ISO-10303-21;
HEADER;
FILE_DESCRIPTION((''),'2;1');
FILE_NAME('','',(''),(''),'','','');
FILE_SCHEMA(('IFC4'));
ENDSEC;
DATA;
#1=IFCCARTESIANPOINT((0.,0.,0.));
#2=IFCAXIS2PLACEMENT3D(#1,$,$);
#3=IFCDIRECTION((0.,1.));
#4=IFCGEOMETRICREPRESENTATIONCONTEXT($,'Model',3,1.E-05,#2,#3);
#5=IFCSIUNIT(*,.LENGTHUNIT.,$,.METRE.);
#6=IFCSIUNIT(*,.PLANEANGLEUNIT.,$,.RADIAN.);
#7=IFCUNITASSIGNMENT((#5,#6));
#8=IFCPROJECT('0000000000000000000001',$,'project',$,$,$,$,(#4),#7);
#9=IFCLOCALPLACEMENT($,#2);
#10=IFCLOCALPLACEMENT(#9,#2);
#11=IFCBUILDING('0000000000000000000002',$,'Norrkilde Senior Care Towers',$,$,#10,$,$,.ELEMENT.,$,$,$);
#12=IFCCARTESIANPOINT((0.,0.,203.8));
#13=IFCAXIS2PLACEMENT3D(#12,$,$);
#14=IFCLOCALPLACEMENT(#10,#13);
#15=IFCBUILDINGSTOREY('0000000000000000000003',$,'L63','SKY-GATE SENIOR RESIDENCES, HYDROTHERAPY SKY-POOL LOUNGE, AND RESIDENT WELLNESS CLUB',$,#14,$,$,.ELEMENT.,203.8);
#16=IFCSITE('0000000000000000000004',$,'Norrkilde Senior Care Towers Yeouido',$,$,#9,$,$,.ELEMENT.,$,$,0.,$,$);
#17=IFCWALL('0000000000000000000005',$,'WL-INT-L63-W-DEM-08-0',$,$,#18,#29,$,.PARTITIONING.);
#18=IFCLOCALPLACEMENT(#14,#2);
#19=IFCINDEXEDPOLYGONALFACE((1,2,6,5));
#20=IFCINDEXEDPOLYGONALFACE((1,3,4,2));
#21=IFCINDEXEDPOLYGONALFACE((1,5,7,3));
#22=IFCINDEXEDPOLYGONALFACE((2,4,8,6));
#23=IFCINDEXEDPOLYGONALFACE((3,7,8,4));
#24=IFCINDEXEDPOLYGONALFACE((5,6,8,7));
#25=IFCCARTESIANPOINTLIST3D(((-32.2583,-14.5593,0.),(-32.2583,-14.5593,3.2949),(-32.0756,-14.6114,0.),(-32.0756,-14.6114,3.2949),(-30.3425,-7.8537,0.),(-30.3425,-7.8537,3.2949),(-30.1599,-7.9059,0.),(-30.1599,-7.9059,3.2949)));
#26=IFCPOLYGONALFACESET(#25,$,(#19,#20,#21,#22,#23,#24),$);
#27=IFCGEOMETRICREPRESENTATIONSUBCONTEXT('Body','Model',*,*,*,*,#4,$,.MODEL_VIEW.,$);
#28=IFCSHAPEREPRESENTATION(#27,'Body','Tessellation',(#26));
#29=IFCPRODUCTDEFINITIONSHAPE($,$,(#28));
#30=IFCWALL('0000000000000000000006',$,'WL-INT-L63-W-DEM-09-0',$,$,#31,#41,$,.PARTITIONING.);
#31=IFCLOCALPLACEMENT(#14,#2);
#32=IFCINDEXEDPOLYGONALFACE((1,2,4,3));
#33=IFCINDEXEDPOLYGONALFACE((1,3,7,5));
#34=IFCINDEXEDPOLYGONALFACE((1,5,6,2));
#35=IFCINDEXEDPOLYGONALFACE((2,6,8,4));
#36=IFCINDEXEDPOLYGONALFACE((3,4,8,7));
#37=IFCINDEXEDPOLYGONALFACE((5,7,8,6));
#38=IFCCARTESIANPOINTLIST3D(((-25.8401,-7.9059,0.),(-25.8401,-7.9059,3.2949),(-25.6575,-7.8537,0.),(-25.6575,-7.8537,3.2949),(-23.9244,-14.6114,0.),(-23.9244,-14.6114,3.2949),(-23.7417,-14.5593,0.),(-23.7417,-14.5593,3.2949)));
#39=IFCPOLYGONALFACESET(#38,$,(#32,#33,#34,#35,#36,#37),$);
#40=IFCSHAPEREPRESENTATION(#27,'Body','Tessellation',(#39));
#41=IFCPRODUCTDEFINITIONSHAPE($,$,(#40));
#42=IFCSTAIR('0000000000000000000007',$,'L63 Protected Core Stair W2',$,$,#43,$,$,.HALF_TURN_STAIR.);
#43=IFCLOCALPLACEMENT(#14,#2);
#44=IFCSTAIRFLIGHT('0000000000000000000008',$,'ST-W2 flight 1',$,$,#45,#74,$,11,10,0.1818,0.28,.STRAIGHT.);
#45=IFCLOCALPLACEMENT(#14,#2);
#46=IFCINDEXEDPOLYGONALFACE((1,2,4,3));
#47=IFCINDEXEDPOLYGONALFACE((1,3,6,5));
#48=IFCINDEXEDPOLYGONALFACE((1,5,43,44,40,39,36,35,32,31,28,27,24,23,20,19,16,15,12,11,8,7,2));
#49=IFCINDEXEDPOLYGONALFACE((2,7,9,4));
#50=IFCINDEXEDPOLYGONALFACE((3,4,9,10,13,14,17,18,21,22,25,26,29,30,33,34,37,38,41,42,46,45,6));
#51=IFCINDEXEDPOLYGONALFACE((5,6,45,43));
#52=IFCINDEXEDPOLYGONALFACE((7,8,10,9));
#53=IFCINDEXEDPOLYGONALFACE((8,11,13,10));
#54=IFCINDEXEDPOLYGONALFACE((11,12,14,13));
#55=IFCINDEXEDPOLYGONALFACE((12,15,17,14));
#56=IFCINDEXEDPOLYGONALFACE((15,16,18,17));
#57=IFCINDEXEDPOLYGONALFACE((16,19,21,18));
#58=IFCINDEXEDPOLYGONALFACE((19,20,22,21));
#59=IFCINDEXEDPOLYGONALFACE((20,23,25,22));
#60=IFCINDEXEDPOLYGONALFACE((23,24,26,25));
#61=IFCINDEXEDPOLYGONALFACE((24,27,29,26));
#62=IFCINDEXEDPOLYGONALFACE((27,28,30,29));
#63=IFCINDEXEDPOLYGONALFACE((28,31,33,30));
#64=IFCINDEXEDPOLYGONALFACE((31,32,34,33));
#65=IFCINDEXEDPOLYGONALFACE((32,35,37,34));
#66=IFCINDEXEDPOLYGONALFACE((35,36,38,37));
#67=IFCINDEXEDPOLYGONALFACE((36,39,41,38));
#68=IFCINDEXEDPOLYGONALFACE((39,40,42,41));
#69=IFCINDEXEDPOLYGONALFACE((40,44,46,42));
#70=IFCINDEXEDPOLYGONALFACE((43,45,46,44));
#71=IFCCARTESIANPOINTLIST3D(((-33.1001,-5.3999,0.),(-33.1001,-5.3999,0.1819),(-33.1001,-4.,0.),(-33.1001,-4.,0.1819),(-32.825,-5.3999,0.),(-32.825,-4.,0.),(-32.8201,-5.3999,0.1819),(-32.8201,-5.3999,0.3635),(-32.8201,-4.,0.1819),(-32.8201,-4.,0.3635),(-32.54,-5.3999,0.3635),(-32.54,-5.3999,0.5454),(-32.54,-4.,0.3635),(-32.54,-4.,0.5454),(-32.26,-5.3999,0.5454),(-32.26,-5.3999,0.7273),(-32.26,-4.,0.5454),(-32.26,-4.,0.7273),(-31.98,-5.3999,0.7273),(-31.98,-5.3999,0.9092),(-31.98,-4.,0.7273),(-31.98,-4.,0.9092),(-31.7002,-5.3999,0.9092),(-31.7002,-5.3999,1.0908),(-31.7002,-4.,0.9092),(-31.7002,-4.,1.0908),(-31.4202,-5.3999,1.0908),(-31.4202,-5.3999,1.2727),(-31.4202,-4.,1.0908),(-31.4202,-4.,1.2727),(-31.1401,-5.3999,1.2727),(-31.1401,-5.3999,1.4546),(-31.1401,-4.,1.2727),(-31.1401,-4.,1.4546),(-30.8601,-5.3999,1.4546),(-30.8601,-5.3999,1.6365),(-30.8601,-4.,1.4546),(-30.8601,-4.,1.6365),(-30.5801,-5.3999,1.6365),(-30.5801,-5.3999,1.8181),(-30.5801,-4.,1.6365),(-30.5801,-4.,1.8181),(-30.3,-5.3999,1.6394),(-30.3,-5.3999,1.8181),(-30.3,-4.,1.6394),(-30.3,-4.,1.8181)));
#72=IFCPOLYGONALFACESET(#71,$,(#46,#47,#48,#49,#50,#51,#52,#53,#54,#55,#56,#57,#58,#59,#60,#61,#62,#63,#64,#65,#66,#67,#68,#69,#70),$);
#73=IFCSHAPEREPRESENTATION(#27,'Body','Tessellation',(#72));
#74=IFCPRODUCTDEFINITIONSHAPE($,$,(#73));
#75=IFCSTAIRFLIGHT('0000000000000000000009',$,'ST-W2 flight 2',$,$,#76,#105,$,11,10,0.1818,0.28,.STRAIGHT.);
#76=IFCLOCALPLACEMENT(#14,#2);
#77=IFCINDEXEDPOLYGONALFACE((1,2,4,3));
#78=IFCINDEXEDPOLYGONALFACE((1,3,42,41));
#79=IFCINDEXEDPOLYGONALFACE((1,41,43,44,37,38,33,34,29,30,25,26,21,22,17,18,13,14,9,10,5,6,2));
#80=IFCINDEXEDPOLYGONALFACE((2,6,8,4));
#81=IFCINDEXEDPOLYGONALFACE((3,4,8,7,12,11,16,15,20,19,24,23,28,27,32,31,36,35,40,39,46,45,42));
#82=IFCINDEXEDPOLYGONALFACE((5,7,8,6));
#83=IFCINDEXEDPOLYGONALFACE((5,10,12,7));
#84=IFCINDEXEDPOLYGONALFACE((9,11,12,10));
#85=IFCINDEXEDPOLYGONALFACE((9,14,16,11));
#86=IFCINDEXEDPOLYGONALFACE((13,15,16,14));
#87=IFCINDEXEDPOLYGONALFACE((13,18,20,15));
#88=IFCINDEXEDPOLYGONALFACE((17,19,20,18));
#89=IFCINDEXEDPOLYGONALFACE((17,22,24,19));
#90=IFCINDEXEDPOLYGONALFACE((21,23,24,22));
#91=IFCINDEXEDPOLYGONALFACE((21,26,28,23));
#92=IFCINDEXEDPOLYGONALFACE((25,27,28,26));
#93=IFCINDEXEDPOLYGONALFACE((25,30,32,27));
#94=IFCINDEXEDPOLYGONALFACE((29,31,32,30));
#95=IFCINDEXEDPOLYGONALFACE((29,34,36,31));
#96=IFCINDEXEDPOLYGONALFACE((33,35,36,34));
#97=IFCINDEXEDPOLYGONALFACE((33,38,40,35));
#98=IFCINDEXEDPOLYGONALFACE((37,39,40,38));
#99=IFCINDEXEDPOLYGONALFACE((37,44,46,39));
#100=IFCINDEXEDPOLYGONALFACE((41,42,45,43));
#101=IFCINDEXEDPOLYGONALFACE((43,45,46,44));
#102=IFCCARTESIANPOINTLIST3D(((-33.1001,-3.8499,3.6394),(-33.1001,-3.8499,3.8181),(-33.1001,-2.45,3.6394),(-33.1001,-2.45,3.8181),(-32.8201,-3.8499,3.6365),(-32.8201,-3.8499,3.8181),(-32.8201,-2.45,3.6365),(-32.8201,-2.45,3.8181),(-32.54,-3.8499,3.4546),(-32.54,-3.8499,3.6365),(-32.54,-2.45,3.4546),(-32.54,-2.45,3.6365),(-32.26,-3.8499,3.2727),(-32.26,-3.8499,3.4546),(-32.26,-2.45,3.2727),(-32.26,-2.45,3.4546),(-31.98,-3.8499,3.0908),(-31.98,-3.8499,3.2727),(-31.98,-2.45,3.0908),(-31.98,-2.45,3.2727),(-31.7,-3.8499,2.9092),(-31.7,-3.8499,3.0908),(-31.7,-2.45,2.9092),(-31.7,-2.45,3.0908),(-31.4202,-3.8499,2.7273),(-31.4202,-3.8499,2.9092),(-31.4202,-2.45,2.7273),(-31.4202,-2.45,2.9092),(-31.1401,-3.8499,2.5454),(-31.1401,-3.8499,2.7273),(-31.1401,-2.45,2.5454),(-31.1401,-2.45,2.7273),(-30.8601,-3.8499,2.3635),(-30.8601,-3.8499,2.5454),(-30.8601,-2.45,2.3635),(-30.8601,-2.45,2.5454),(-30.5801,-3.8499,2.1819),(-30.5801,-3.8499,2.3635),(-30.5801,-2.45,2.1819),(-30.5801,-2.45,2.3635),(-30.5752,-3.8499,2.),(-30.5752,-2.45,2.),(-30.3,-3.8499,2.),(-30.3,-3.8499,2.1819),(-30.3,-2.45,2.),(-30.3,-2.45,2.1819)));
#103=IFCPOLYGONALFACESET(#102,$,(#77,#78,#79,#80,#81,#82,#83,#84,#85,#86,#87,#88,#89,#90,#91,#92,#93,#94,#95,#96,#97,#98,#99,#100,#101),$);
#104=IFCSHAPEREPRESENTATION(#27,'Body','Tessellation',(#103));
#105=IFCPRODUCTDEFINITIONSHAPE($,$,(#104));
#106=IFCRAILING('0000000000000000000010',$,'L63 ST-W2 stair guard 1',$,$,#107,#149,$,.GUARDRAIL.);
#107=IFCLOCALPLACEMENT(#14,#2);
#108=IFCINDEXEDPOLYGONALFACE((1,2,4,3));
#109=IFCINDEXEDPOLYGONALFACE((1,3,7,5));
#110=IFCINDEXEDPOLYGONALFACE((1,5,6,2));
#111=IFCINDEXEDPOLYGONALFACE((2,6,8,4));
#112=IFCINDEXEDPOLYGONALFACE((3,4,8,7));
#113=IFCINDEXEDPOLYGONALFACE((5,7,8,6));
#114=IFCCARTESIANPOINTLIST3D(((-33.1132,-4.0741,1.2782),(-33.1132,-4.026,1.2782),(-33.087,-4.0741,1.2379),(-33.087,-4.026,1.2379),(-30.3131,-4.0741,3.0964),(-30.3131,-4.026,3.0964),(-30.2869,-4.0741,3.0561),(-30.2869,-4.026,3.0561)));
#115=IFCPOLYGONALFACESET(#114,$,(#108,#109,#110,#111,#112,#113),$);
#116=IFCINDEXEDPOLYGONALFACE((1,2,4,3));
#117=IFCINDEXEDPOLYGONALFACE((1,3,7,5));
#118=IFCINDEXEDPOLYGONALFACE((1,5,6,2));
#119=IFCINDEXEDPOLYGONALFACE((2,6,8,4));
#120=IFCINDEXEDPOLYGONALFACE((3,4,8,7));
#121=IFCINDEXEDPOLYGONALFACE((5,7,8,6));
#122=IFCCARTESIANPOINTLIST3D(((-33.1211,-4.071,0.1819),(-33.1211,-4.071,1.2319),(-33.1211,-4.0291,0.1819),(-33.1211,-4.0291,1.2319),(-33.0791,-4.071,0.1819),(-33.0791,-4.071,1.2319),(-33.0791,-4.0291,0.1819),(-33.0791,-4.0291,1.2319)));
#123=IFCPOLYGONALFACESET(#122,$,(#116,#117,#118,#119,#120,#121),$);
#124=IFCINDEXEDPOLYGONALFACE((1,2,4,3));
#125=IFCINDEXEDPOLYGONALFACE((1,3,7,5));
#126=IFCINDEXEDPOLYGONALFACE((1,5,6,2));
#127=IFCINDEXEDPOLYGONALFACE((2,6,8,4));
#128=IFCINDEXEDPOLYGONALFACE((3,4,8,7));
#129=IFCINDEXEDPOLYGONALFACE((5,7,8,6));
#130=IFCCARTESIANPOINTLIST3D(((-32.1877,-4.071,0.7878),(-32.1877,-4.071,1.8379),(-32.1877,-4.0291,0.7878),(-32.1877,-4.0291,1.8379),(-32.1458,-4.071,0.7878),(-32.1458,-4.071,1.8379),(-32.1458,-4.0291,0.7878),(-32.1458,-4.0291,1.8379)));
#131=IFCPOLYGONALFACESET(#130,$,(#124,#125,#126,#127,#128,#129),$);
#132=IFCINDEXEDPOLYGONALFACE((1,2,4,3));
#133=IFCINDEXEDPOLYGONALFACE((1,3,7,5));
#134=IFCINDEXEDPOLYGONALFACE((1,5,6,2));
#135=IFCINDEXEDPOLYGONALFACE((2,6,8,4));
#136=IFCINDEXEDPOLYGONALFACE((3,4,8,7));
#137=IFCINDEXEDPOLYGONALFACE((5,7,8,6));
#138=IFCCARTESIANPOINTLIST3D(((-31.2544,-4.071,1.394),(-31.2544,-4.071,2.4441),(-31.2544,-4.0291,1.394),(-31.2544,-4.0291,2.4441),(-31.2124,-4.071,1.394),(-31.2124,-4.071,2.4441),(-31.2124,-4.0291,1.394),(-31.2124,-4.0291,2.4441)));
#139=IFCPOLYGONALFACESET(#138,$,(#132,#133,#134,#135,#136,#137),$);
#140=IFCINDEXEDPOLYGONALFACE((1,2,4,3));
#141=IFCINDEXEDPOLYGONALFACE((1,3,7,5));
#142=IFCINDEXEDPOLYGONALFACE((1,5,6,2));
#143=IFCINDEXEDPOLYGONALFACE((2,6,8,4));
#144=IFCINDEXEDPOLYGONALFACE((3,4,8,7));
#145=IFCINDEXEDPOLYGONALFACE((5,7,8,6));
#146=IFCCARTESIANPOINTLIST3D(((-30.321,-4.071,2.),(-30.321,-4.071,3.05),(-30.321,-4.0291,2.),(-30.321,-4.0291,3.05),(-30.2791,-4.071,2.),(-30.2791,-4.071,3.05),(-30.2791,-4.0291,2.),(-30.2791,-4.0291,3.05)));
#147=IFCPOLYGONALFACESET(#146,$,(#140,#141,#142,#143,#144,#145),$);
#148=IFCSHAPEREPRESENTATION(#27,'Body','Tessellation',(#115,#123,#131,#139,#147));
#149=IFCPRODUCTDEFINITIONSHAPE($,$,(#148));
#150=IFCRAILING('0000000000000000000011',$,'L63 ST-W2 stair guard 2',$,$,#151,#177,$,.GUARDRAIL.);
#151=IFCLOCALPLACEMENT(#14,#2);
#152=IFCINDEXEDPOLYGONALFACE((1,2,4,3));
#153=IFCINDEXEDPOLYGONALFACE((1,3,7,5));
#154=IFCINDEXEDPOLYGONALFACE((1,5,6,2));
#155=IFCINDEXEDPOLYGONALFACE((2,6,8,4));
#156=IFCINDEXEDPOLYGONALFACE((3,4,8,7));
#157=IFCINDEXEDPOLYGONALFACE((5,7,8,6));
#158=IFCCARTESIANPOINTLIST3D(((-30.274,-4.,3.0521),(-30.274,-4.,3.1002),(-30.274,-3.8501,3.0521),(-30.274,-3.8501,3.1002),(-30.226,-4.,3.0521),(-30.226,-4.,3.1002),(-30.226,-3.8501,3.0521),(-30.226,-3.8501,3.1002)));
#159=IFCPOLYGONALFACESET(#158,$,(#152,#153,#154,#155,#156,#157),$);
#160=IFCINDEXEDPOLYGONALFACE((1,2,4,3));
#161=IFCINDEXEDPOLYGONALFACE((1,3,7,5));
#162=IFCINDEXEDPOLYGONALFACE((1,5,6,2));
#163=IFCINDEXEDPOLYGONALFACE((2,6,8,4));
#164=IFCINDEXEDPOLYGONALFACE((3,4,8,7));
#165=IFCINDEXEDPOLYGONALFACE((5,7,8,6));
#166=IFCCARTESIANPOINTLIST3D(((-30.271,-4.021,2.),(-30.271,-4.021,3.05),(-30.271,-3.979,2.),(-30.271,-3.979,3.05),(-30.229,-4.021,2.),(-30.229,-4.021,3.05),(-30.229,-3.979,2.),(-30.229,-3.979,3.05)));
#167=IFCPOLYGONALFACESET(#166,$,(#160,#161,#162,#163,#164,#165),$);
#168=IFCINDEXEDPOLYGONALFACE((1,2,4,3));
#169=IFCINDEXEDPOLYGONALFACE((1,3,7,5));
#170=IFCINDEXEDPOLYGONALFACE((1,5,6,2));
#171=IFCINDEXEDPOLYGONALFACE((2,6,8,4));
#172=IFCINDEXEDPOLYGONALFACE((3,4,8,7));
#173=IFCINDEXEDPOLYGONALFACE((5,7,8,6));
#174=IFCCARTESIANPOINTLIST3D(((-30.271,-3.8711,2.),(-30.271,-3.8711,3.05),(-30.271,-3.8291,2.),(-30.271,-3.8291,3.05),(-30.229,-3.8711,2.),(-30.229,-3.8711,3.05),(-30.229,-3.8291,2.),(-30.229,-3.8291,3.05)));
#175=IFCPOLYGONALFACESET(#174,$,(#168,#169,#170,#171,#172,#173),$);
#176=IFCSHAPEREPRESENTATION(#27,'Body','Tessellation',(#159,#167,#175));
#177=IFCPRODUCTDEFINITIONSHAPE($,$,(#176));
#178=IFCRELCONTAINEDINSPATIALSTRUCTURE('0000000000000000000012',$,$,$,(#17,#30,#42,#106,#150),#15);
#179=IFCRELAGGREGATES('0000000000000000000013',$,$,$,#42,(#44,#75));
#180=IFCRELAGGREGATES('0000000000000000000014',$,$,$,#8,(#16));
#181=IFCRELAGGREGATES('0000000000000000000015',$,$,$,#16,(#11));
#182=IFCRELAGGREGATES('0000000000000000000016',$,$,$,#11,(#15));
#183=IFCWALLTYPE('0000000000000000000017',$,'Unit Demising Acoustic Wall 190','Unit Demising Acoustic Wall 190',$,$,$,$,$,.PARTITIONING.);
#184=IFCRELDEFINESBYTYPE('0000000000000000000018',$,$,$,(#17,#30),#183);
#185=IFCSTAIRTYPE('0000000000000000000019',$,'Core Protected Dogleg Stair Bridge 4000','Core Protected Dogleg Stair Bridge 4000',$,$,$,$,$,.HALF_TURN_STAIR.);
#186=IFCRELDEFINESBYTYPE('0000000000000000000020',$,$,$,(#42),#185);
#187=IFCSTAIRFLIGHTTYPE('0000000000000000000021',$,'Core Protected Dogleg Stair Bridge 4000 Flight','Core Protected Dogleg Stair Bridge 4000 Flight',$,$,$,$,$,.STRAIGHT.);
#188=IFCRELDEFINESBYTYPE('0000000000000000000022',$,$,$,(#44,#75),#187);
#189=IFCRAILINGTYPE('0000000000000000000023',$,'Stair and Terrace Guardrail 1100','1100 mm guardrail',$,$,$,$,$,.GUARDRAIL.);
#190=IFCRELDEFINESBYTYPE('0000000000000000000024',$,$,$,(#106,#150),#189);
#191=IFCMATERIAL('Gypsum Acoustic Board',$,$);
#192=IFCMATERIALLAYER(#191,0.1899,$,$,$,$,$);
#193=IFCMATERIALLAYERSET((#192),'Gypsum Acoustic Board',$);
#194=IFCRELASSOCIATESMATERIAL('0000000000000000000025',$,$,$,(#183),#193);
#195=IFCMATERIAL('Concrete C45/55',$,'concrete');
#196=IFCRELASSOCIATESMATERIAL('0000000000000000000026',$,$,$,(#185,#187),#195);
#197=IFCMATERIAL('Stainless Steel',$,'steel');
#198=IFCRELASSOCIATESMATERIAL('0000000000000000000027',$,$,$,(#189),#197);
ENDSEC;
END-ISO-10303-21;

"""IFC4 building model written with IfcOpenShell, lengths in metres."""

from ifc_helpers import new_model, si_unit, direction, frame, frame_2d, origin, origin_2d, place, context, subcontext, project, spatial, polyline, rectangle, outline, extrude, source, transform, mapped, material, layer, layer_set, type_object, element, aggregate, save


model = new_model("IFC4")

# Units and contexts
model_context = context("Model", 3, precision=1e-05, world=origin(), true_north=direction((0.0, 1.0)))
body_context = subcontext(model_context, "Body", "Model", "MODEL_VIEW")
ifc_project = project(units=[si_unit("LENGTHUNIT", "METRE"), si_unit("PLANEANGLEUNIT", "RADIAN")], contexts=[model_context])

# Site, building, storey
site_placement = place(None, origin())
site = spatial("IfcSite", under=ifc_project, at=site_placement, Name="Norrkilde Senior Care Towers Yeouido", CompositionType="ELEMENT", RefElevation=0.0)
building_placement = place(site_placement, origin())
building = spatial("IfcBuilding", under=site, at=building_placement, Name="Norrkilde Senior Care Towers", CompositionType="ELEMENT")
storey_placement = place(building_placement, frame((0.0, 0.0, 203.8)))
storey = spatial("IfcBuildingStorey", under=building, at=storey_placement, Name="L63", Description="SKY-GATE SENIOR RESIDENCES, HYDROTHERAPY SKY-POOL LOUNGE, AND RESIDENT WELLNESS CLUB", CompositionType="ELEMENT", Elevation=203.8)

# Shared definitions
ifc_material_1 = material(Name="Concrete C45/55", Category="concrete")

# Shared definitions
ifc_material_2 = material(Name="Stainless Steel", Category="steel")

# Shared definitions
ifc_material_3 = material(Name="Gypsum Acoustic Board")

# Walls
ifc_layer_1 = layer(ifc_material_3, 0.1899)
ifc_layer_set_1 = layer_set([ifc_layer_1], Name="Gypsum Acoustic Board")
wall_type_1 = type_object("IfcWallType", Name="Unit Demising Acoustic Wall 190", Description="Unit Demising Acoustic Wall 190", PredefinedType="PARTITIONING", material=ifc_layer_set_1)
shared_shape_1 = source(origin(), body_context, "Body", "SweptSolid", [
    extrude(rectangle(XDim=6.9739, YDim=0.1899, at=frame_2d((3.4868, 0.0))), origin(), (0.0, 0.0, 1.0), 3.2949),
])
for number, where, z_axis, x_axis, name in (
    (1, (-30.2512, -7.8799, 0.0), (0.0, 0.0, 1.0), (-0.274707, -0.961528, 0.0), "WL-INT-L63-W-DEM-08-0"),
    (2, (-25.7488, -7.8799, 0.0), (0.0, 0.0, 1.0), (0.274707, -0.961528, 0.0), "WL-INT-L63-W-DEM-09-0"),
):
    element("IfcWall", number, at=place(storey_placement, frame(where, z_axis=z_axis, x_axis=x_axis)), inside=storey, type_object=wall_type_1, Name=name, PredefinedType="PARTITIONING", context=body_context, shape_type="MappedRepresentation", body=[
        mapped(shared_shape_1, transform((0.0, 0.0, 0.0), x_axis=(1.0, 0.0, 0.0), y_axis=(0.0, 1.0, 0.0), z_axis=(0.0, 0.0, 1.0), scale=1.0)),
    ])

# Stair, stair flights
stair_type = type_object("IfcStairType", Name="Core Protected Dogleg Stair Bridge 4000", Description="Core Protected Dogleg Stair Bridge 4000", PredefinedType="HALF_TURN_STAIR", material=ifc_material_1)
stair_placement = place(storey_placement, origin())
stair = element("IfcStair", 3, at=stair_placement, inside=storey, type_object=stair_type, Name="L63 Protected Core Stair W2", PredefinedType="HALF_TURN_STAIR")
stair_flight_type = type_object("IfcStairFlightType", Name="Core Protected Dogleg Stair Bridge 4000 Flight", Description="Core Protected Dogleg Stair Bridge 4000 Flight", PredefinedType="STRAIGHT", material=ifc_material_1)
stair_flight_1_placement = place(storey_placement, frame((-33.1001, -4.7, 0.0), z_axis=(0.0, 0.0, 1.0), x_axis=(1.0, 0.0, 0.0)))
stair_flight_1 = element("IfcStairFlight", 4, at=stair_flight_1_placement, type_object=stair_flight_type, Name="ST-W2 flight 1", NumberOfRisers=11, NumberOfTreads=10, PredefinedType="STRAIGHT", RiserHeight=0.1818, TreadLength=0.28, context=body_context, shape_type="SweptSolid", body=[
    extrude(outline(polyline([(0.0, 0.0), (0.0, 0.1819), (0.28, 0.1819), (0.28, 0.3635), (0.5601, 0.3635), (0.5601, 0.5454), (0.8401, 0.5454), (0.8401, 0.7273), (1.1201, 0.7273), (1.1201, 0.9092), (1.3999, 0.9092), (1.3999, 1.0908), (1.6799, 1.0908), (1.6799, 1.2727), (1.96, 1.2727), (1.96, 1.4546), (2.24, 1.4546), (2.24, 1.6365), (2.52, 1.6365), (2.52, 1.8181), (2.8, 1.8181), (2.8, 2.0), (2.8, 1.6394), (0.2751, 0.0), (0.0, 0.0)])), frame((0.0, 0.7, 0.0), z_axis=(0.0, -1.0, 0.0), x_axis=(1.0, 0.0, 0.0)), (0.0, 0.0, 1.0), 1.3999),
])
stair_flight_2_placement = place(storey_placement, frame((-30.3, -3.1499, 2.0), z_axis=(0.0, 0.0, 1.0), x_axis=(-1.0, 0.0, 0.0)))
stair_flight_2 = element("IfcStairFlight", 5, at=stair_flight_2_placement, type_object=stair_flight_type, Name="ST-W2 flight 2", NumberOfRisers=11, NumberOfTreads=10, PredefinedType="STRAIGHT", RiserHeight=0.1818, TreadLength=0.28, context=body_context, shape_type="SweptSolid", body=[
    extrude(outline(polyline([(0.0, 0.0), (0.0, 0.1819), (0.28, 0.1819), (0.28, 0.3635), (0.5601, 0.3635), (0.5601, 0.5454), (0.8401, 0.5454), (0.8401, 0.7273), (1.1201, 0.7273), (1.1201, 0.9092), (1.3999, 0.9092), (1.3999, 1.0908), (1.6799, 1.0908), (1.6799, 1.2727), (1.96, 1.2727), (1.96, 1.4546), (2.24, 1.4546), (2.24, 1.6365), (2.52, 1.6365), (2.52, 1.8181), (2.8, 1.8181), (2.8, 2.0), (2.8, 1.6394), (0.2751, 0.0), (0.0, 0.0)])), frame((0.0, 0.7, 0.0), z_axis=(0.0, -1.0, 0.0), x_axis=(1.0, 0.0, 0.0)), (0.0, 0.0, 1.0), 1.3999),
])
aggregate(stair, [stair_flight_1, stair_flight_2])

# Railings
railing_type_1 = type_object("IfcRailingType", Name="Stair and Terrace Guardrail 1100", Description="1100 mm guardrail", PredefinedType="GUARDRAIL", material=ifc_material_2)
railing_1_placement = place(storey_placement, frame((-33.1001, -4.05, 0.1819)))
element("IfcRailing", 6, at=railing_1_placement, inside=storey, type_object=railing_type_1, Name="L63 ST-W2 stair guard 1", PredefinedType="GUARDRAIL", context=body_context, shape_type="SweptSolid", body=[
    extrude(rectangle(XDim=0.0481, YDim=0.0481, at=origin_2d()), frame((0.0, 0.0, 1.0762), z_axis=(0.838706, 0.0, 0.544585), x_axis=(0.0, 1.0, 0.0)), (0.0, 0.0, 1.0), 3.3386),
    extrude(rectangle(XDim=0.042, YDim=0.042, at=origin_2d()), origin(), (0.0, 0.0, 1.0), 1.05),
    extrude(rectangle(XDim=0.042, YDim=0.042, at=origin_2d()), frame((0.9333, 0.0, 0.606)), (0.0, 0.0, 1.0), 1.05),
    extrude(rectangle(XDim=0.042, YDim=0.042, at=origin_2d()), frame((1.8667, 0.0, 1.2122)), (0.0, 0.0, 1.0), 1.05),
    extrude(rectangle(XDim=0.042, YDim=0.042, at=origin_2d()), frame((2.8, 0.0, 1.8181)), (0.0, 0.0, 1.0), 1.05),
])
railing_2_placement = place(storey_placement, frame((-30.25, -4.0, 2.0)))
element("IfcRailing", 7, at=railing_2_placement, inside=storey, type_object=railing_type_1, Name="L63 ST-W2 stair guard 2", PredefinedType="GUARDRAIL", context=body_context, shape_type="SweptSolid", body=[
    extrude(rectangle(XDim=0.0481, YDim=0.0481, at=origin_2d()), frame((0.0, 0.0, 1.0762), z_axis=(0.0, 1.0, 0.0), x_axis=(-1.0, 0.0, 0.0)), (0.0, 0.0, 1.0), 0.1499),
    extrude(rectangle(XDim=0.042, YDim=0.042, at=origin_2d()), origin(), (0.0, 0.0, 1.0), 1.05),
    extrude(rectangle(XDim=0.042, YDim=0.042, at=origin_2d()), frame((0.0, 0.1499, 0.0)), (0.0, 0.0, 1.0), 1.05),
])

save(model, "model.ifc")
